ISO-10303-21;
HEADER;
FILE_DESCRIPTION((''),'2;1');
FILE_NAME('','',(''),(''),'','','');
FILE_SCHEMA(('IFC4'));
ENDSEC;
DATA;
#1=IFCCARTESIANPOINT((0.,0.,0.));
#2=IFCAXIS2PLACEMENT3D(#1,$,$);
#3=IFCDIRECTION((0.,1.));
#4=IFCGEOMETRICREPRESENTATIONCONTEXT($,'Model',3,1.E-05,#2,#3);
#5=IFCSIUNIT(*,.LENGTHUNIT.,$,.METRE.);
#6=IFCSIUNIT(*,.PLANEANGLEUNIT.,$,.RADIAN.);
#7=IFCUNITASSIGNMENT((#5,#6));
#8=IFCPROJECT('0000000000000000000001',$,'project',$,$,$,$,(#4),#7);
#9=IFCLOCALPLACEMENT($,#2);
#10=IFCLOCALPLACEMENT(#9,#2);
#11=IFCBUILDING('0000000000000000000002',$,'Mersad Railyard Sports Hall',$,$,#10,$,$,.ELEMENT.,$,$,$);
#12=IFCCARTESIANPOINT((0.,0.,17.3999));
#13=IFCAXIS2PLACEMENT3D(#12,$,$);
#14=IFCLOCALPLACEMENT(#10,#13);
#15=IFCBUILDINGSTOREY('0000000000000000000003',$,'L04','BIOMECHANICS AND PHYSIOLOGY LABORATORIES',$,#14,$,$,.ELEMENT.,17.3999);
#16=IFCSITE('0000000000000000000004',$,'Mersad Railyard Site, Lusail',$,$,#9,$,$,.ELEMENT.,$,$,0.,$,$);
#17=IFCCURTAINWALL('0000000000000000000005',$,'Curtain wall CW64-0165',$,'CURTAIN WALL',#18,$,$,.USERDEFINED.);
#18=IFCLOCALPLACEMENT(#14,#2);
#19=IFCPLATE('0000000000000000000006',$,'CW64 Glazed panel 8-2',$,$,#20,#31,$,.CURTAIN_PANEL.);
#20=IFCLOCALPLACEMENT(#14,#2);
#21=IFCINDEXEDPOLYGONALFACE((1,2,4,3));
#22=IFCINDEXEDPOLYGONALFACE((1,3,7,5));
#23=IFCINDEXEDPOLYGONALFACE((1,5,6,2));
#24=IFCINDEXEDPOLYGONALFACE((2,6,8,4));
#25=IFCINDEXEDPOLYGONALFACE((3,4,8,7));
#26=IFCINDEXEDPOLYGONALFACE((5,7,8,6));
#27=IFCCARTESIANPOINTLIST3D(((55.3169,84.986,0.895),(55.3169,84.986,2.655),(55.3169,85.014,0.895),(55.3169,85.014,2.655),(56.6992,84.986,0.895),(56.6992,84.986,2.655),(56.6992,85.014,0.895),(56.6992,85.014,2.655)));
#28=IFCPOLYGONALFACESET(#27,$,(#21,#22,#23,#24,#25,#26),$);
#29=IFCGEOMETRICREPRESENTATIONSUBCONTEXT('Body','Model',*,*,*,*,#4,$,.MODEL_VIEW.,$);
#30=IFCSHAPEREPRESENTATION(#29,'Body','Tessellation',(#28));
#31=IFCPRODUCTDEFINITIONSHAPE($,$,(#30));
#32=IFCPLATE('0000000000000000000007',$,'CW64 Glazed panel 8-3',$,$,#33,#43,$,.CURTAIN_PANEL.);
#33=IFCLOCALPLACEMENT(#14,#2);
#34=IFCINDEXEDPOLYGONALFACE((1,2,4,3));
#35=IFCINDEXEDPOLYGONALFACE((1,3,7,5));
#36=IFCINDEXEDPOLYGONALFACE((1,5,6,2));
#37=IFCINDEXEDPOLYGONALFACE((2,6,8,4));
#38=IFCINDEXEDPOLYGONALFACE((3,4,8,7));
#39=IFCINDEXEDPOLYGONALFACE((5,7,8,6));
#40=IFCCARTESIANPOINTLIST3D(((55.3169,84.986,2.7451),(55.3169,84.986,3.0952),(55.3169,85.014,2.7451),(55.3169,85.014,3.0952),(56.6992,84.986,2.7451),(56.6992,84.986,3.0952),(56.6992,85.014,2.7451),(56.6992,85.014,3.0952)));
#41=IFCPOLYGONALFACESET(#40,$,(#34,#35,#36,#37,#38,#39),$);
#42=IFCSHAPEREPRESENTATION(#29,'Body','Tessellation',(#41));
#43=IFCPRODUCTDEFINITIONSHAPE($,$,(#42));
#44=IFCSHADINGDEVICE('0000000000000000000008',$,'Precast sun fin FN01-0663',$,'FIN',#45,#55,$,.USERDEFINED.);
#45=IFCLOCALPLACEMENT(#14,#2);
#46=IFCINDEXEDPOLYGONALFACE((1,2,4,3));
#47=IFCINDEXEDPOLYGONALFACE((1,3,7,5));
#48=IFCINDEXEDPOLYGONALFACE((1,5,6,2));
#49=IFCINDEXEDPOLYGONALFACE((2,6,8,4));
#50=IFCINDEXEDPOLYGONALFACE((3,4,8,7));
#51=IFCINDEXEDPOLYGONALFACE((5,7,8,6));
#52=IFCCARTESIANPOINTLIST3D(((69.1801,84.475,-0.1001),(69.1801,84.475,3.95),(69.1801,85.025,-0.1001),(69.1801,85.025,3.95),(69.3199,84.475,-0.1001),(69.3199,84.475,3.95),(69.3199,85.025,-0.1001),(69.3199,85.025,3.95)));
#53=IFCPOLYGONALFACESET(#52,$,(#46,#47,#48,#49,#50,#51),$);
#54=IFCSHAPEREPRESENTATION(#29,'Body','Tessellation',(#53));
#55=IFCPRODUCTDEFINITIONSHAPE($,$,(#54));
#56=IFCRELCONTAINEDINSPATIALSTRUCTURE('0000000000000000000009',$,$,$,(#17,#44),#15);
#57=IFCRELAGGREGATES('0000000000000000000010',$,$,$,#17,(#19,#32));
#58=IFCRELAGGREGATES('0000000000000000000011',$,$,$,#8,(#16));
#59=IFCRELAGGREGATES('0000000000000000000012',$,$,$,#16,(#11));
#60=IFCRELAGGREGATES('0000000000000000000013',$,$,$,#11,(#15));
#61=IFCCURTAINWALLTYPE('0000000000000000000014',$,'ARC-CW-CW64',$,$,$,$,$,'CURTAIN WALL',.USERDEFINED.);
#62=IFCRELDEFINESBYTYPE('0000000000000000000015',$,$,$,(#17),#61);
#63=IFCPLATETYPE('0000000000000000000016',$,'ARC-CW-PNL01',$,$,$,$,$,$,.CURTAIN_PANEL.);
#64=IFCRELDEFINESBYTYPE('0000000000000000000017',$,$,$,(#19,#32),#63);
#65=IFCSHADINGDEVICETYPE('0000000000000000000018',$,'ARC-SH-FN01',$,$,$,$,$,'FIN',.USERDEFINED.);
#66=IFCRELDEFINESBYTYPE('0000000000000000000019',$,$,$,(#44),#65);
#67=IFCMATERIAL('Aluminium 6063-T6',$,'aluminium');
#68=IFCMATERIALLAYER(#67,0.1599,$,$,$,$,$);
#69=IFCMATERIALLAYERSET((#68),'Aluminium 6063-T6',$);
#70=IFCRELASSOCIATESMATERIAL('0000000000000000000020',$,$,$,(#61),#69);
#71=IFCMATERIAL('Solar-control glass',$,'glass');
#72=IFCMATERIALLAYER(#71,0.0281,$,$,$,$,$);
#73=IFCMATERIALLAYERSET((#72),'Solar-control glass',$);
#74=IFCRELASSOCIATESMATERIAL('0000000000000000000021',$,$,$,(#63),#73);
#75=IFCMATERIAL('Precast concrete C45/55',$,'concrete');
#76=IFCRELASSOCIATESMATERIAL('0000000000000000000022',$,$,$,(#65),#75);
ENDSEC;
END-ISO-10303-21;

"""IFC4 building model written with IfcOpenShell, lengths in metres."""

from ifc_helpers import new_model, si_unit, direction, frame, origin, origin_2d, place, context, subcontext, project, spatial, rectangle, extrude, material, layer, layer_set, type_object, element, aggregate, save


model = new_model("IFC4")

# Units and contexts
model_context = context("Model", 3, precision=1e-05, world=origin(), true_north=direction((0.0, 1.0)))
body_context = subcontext(model_context, "Body", "Model", "MODEL_VIEW")
ifc_project = project(units=[si_unit("LENGTHUNIT", "METRE"), si_unit("PLANEANGLEUNIT", "RADIAN")], contexts=[model_context])

# Site, building, storey
site_placement = place(None, origin())
site = spatial("IfcSite", under=ifc_project, at=site_placement, Name="Mersad Railyard Site, Lusail", CompositionType="ELEMENT", RefElevation=0.0)
building_placement = place(site_placement, origin())
building = spatial("IfcBuilding", under=site, at=building_placement, Name="Mersad Railyard Sports Hall", CompositionType="ELEMENT")
storey_placement = place(building_placement, frame((0.0, 0.0, 17.3999)))
storey = spatial("IfcBuildingStorey", under=building, at=storey_placement, Name="L04", Description="BIOMECHANICS AND PHYSIOLOGY LABORATORIES", CompositionType="ELEMENT", Elevation=17.3999)

# Curtain wall
ifc_material_1 = material(Name="Aluminium 6063-T6", Category="aluminium")
ifc_layer_1 = layer(ifc_material_1, 0.1599)
ifc_layer_set_1 = layer_set([ifc_layer_1], Name="Aluminium 6063-T6")
curtain_wall_type = type_object("IfcCurtainWallType", Name="ARC-CW-CW64", ElementType="CURTAIN WALL", PredefinedType="USERDEFINED", material=ifc_layer_set_1)
curtain_wall_placement = place(storey_placement, origin())
curtain_wall = element("IfcCurtainWall", 1, at=curtain_wall_placement, inside=storey, type_object=curtain_wall_type, Name="Curtain wall CW64-0165", ObjectType="CURTAIN WALL", PredefinedType="USERDEFINED")

# Plates
ifc_material_2 = material(Name="Solar-control glass", Category="glass")
ifc_layer_2 = layer(ifc_material_2, 0.0281)
ifc_layer_set_2 = layer_set([ifc_layer_2], Name="Solar-control glass")
plate_type = type_object("IfcPlateType", Name="ARC-CW-PNL01", PredefinedType="CURTAIN_PANEL", material=ifc_layer_set_2)
plate_1_placement = place(storey_placement, frame((56.0081, 85.0, 0.895), z_axis=(0.0, 0.0, 1.0), x_axis=(-1.0, 0.0, 0.0)))
plate_1 = element("IfcPlate", 2, at=plate_1_placement, type_object=plate_type, Name="CW64 Glazed panel 8-2", PredefinedType="CURTAIN_PANEL", context=body_context, shape_type="SweptSolid", body=[
    extrude(rectangle(XDim=1.3823, YDim=0.0281, at=origin_2d()), origin(), (0.0, 0.0, 1.0), 1.76),
])
plate_2_placement = place(storey_placement, frame((56.0081, 85.0, 2.7451), z_axis=(0.0, 0.0, 1.0), x_axis=(-1.0, 0.0, 0.0)))
plate_2 = element("IfcPlate", 3, at=plate_2_placement, type_object=plate_type, Name="CW64 Glazed panel 8-3", PredefinedType="CURTAIN_PANEL", context=body_context, shape_type="SweptSolid", body=[
    extrude(rectangle(XDim=1.3823, YDim=0.0281, at=origin_2d()), origin(), (0.0, 0.0, 1.0), 0.3501),
])
aggregate(curtain_wall, [plate_1, plate_2])

# Shading device
ifc_material_3 = material(Name="Precast concrete C45/55", Category="concrete")
shading_device_type = type_object("IfcShadingDeviceType", Name="ARC-SH-FN01", ElementType="FIN", PredefinedType="USERDEFINED", material=ifc_material_3)
shading_device_placement = place(storey_placement, frame((69.25, 84.75, -0.1001), z_axis=(0.0, 0.0, 1.0), x_axis=(1.0, 0.0, 0.0)))
element("IfcShadingDevice", 4, at=shading_device_placement, inside=storey, type_object=shading_device_type, Name="Precast sun fin FN01-0663", ObjectType="FIN", PredefinedType="USERDEFINED", context=body_context, shape_type="SweptSolid", body=[
    extrude(rectangle(XDim=0.1399, YDim=0.55, at=origin_2d()), origin(), (0.0, 0.0, 1.0), 4.05),
])

save(model, "model.ifc")
